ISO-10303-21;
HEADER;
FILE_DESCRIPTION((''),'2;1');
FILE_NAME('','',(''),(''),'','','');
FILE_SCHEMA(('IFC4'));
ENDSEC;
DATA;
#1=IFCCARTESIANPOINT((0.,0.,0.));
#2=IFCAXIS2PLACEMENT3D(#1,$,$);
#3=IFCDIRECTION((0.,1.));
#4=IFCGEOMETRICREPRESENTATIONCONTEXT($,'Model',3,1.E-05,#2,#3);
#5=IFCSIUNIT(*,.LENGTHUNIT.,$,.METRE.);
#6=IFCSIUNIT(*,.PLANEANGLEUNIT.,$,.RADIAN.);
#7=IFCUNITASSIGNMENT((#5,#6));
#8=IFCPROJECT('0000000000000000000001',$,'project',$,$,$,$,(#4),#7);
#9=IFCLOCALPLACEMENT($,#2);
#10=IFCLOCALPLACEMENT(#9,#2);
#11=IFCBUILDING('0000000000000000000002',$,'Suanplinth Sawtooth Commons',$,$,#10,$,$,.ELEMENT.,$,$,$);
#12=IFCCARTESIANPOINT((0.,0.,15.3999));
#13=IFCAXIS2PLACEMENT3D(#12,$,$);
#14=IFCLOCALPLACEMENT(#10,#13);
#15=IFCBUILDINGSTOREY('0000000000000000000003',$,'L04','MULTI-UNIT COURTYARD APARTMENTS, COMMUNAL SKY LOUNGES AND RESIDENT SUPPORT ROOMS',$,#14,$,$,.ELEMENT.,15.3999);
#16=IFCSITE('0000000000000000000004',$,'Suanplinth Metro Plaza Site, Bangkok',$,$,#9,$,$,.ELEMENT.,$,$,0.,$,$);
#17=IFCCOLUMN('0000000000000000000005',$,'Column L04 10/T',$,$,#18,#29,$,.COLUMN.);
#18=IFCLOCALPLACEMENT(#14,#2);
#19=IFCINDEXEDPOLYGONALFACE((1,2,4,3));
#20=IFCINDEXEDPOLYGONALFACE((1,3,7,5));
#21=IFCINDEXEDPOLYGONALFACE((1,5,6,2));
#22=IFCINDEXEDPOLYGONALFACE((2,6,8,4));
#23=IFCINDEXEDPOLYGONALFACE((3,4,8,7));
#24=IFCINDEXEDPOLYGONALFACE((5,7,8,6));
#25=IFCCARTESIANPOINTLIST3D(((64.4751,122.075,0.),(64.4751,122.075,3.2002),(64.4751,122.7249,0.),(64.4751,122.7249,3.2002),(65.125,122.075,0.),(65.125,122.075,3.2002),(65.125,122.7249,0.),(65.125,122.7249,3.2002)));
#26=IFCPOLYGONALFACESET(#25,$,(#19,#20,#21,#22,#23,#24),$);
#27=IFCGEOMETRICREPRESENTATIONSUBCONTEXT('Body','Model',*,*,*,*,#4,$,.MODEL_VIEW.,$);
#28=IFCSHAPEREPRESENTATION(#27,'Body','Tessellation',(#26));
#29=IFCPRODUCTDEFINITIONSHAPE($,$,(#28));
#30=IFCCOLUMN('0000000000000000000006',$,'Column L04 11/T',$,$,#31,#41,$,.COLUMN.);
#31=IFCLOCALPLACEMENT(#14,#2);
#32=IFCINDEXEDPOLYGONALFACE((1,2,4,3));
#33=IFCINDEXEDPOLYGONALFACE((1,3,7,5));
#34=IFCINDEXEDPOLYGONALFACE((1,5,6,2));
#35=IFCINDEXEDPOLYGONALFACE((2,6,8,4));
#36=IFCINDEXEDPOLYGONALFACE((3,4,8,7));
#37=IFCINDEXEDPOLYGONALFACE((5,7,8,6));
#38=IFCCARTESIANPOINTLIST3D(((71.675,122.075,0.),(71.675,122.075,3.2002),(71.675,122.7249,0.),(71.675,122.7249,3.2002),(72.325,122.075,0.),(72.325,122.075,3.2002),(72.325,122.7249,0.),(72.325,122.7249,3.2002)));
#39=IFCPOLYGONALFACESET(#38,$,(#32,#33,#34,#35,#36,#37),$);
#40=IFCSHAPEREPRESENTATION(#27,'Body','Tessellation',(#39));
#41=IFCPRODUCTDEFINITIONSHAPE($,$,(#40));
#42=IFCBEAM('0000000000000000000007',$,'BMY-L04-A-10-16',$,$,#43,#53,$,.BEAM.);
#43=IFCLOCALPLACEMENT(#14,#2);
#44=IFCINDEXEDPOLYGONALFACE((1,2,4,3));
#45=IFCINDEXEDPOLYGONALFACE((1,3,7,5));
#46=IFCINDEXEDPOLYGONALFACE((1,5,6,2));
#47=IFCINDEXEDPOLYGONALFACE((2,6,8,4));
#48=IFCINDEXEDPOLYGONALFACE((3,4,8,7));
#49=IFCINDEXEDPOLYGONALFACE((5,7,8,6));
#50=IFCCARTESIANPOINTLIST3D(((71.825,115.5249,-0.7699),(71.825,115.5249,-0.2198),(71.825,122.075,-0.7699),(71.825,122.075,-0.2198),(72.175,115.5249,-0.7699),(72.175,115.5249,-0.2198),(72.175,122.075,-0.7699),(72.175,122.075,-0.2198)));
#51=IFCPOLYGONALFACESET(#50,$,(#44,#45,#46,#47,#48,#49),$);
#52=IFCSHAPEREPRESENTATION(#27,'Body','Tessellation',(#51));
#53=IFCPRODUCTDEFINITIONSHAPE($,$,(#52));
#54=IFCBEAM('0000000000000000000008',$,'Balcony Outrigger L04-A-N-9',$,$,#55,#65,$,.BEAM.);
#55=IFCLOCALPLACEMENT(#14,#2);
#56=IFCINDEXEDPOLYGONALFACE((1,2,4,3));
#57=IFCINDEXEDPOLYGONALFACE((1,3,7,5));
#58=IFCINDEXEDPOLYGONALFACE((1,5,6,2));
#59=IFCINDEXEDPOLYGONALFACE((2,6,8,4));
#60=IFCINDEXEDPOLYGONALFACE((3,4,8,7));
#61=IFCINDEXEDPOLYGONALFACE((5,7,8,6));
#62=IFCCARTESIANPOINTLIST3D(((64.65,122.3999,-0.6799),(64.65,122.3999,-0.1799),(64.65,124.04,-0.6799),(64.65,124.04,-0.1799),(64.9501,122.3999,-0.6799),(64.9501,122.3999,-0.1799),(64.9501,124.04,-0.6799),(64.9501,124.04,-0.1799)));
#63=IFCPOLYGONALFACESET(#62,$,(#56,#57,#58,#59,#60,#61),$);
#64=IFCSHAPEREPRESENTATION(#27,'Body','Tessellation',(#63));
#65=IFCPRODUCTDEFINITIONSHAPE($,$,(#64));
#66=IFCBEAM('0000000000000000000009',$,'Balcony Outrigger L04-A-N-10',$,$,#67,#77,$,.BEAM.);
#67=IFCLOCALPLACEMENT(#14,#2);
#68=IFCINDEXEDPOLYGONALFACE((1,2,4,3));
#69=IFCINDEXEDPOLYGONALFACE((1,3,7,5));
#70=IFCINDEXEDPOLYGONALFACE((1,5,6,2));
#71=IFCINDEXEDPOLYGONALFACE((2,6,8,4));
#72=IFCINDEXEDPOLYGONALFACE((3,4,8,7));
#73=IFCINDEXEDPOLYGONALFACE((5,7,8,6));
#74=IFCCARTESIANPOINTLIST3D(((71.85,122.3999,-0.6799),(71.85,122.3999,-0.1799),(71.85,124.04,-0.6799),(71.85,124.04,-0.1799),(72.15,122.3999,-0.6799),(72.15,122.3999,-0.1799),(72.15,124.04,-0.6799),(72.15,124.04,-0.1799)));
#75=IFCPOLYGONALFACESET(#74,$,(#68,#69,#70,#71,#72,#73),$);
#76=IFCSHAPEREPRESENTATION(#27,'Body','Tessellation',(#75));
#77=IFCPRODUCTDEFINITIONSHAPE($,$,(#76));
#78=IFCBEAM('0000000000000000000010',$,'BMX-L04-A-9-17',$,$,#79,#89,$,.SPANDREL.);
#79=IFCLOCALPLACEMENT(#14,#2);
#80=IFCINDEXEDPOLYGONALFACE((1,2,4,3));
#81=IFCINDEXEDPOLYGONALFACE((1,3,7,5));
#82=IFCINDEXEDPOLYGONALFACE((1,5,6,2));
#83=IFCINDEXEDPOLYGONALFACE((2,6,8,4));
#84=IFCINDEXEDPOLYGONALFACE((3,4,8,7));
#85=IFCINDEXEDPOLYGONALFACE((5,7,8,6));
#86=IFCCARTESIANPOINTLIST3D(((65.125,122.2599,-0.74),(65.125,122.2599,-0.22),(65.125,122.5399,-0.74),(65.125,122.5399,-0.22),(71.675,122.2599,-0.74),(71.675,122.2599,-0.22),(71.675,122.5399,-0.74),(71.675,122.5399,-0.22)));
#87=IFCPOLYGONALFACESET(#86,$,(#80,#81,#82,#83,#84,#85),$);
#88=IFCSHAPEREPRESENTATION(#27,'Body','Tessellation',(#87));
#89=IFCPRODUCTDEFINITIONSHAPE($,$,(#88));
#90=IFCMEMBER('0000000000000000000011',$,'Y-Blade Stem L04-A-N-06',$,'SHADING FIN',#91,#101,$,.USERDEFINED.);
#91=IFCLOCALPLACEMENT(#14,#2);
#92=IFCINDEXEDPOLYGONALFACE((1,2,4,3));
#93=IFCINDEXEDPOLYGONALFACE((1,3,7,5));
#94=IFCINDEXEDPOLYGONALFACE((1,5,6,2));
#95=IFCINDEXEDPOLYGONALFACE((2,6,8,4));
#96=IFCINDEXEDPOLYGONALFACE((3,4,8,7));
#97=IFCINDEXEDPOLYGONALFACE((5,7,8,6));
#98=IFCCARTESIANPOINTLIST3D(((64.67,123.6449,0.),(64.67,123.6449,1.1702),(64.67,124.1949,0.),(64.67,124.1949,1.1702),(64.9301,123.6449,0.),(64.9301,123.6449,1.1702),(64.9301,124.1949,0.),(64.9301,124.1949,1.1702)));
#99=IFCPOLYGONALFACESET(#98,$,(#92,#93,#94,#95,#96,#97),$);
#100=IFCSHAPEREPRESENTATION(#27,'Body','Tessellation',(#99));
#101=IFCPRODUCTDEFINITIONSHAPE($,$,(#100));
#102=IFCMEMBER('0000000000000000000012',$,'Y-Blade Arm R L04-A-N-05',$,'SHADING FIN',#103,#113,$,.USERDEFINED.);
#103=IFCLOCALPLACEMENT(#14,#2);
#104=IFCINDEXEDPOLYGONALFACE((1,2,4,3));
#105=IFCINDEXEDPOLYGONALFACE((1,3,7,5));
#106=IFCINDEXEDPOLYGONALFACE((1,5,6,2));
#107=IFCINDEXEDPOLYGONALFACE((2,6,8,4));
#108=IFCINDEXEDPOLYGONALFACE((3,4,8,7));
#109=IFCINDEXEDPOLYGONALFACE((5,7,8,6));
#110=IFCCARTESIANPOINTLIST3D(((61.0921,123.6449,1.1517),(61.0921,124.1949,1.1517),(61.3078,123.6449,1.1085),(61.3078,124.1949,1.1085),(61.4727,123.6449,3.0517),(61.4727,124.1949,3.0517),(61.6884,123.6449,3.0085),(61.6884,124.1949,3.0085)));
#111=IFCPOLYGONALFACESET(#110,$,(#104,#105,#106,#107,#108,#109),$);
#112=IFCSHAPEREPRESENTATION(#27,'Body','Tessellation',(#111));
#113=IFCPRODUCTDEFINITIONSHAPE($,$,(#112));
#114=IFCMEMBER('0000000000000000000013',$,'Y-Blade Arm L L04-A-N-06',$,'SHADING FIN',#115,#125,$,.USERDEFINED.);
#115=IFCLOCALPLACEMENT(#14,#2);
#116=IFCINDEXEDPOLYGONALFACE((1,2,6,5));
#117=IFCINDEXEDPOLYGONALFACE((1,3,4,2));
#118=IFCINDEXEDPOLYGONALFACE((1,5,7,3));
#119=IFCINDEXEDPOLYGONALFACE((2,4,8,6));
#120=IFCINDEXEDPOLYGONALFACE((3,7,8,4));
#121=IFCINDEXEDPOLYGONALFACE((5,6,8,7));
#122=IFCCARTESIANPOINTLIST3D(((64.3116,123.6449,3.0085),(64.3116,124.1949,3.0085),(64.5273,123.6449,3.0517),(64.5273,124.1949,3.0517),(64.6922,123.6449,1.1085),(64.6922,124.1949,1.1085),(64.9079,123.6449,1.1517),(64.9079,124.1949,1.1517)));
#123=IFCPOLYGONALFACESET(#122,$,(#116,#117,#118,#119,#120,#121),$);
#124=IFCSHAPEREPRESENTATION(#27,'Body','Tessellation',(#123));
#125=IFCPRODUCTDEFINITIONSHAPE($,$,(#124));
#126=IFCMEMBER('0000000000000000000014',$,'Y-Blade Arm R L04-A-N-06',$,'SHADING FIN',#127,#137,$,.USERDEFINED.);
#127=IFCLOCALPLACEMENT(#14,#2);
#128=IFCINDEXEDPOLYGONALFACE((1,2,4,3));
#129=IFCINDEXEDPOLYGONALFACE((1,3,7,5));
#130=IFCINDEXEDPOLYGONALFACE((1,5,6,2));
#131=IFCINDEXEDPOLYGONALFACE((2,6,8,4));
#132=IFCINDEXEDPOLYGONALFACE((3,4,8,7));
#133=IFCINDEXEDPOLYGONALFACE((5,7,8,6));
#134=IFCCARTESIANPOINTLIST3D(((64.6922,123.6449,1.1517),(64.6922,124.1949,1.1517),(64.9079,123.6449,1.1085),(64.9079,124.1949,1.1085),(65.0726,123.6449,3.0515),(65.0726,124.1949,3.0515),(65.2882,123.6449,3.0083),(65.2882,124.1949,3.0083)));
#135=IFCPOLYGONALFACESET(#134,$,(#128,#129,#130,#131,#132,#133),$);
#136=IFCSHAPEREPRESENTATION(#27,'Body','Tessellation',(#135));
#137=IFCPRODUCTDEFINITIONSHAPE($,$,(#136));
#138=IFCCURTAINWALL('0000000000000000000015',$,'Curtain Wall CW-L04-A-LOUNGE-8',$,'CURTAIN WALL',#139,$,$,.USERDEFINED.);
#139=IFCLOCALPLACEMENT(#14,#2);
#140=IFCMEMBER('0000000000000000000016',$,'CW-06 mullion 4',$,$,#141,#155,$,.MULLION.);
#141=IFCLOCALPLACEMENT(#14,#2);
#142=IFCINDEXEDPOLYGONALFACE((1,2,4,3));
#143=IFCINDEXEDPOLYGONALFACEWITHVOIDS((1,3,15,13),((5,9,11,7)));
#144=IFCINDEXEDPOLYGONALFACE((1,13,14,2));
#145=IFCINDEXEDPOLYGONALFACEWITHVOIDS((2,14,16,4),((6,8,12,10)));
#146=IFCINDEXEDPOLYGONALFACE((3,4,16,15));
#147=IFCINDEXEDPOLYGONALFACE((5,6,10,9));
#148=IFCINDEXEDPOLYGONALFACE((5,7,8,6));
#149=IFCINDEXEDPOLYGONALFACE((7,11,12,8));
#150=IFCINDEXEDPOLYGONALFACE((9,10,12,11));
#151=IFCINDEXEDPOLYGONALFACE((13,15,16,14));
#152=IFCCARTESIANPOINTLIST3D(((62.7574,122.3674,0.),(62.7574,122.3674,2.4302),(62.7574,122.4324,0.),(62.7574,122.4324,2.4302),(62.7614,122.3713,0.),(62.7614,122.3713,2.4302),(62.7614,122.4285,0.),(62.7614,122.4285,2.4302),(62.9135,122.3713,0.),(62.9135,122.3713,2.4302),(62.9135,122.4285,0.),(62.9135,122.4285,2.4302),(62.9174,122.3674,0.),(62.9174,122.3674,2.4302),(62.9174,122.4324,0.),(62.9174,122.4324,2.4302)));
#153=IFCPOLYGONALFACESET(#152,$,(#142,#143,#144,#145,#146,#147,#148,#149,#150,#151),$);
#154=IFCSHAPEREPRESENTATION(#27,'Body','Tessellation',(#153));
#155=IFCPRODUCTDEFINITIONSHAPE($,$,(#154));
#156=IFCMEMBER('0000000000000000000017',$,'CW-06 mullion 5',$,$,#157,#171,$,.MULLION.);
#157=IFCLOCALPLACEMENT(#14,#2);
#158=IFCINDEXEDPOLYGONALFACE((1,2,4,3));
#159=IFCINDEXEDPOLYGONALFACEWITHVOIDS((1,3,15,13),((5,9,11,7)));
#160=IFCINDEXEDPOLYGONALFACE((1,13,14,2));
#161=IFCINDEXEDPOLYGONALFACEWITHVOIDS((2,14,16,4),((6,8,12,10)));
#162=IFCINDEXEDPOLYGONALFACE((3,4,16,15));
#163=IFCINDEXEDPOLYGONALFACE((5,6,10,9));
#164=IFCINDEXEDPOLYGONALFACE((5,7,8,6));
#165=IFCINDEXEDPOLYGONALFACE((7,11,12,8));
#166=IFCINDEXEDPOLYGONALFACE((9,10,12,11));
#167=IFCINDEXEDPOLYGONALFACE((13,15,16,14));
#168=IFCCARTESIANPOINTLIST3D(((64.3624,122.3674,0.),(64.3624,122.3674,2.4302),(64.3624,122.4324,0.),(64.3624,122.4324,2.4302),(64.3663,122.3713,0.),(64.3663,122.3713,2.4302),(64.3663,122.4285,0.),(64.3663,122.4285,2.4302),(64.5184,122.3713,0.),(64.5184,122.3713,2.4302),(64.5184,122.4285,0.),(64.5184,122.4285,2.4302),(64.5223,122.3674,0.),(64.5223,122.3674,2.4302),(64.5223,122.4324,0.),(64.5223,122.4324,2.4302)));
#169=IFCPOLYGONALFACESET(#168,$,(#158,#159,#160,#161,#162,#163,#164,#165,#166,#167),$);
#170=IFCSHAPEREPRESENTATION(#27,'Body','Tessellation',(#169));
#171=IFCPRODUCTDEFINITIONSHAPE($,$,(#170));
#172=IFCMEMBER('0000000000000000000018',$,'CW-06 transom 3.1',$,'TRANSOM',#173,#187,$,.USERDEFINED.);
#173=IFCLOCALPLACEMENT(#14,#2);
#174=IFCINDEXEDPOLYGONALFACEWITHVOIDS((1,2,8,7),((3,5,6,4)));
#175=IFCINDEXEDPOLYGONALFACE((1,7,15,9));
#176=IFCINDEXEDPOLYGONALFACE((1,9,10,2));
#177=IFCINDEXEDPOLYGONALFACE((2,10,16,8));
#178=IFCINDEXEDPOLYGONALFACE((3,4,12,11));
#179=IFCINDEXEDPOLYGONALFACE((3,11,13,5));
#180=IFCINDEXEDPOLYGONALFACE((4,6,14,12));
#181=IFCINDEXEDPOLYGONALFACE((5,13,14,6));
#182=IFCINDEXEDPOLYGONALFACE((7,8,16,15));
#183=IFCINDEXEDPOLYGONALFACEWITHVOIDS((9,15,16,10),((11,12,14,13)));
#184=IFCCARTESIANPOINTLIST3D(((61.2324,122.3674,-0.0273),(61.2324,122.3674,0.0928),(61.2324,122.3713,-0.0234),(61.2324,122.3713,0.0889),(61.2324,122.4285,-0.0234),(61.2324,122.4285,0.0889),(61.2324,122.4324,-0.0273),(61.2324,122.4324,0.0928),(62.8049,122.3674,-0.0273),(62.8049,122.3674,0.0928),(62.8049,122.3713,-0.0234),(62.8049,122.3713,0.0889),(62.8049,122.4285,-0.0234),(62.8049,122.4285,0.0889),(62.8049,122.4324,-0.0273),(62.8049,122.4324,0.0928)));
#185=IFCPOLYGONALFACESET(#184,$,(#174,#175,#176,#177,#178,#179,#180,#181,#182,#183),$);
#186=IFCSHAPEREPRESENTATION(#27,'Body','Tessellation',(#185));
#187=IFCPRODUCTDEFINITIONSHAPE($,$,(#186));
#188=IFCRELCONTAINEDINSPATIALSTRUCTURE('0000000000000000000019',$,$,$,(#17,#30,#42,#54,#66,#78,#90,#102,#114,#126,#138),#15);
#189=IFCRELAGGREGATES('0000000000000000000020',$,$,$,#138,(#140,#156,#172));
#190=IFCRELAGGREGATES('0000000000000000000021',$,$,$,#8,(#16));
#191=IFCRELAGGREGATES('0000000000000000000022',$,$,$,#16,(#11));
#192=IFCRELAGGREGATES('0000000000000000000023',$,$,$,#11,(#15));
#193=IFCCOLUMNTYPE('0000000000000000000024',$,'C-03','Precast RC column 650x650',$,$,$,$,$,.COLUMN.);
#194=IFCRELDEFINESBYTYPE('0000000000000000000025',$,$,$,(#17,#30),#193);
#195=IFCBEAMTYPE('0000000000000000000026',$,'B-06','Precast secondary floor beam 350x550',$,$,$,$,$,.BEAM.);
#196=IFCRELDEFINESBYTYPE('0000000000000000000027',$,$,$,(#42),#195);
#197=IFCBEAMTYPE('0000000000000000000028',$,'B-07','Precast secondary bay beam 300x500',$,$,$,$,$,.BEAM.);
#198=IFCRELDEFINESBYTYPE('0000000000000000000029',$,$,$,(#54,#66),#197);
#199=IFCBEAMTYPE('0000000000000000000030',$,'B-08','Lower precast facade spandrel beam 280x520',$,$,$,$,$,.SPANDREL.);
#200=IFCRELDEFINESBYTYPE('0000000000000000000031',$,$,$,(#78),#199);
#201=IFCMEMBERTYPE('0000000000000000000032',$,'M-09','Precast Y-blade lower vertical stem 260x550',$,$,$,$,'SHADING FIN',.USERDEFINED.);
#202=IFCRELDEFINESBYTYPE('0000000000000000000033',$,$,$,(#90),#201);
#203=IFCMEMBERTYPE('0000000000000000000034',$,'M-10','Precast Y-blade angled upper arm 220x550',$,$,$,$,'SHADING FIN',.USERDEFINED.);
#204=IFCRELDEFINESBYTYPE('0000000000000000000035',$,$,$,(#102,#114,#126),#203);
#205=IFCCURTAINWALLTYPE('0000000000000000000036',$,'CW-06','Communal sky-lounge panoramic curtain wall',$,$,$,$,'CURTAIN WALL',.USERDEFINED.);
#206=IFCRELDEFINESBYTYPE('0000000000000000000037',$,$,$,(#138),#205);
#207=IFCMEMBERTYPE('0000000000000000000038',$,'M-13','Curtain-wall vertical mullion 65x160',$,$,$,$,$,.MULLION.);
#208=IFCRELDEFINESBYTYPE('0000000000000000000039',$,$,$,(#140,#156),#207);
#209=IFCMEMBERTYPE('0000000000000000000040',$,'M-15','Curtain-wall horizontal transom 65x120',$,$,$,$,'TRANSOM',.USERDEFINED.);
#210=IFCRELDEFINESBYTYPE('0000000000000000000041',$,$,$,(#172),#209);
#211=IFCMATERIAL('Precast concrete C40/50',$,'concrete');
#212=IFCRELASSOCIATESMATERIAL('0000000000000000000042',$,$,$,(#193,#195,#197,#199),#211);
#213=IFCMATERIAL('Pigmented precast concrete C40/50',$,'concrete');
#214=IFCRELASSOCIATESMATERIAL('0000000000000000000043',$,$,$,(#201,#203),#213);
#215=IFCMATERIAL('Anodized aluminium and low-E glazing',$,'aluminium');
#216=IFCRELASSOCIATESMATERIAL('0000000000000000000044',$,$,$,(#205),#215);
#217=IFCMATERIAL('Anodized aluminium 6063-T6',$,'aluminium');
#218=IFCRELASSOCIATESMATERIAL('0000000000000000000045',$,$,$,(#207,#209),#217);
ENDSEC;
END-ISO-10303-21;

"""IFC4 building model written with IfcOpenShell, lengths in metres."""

from ifc_helpers import new_model, si_unit, direction, frame, origin, origin_2d, place, context, subcontext, project, spatial, rectangle, hollow_rectangle, extrude, material, material_profile, profile_set, type_object, element, aggregate, save


model = new_model("IFC4")

# Units and contexts
model_context = context("Model", 3, precision=1e-05, world=origin(), true_north=direction((0.0, 1.0)))
body_context = subcontext(model_context, "Body", "Model", "MODEL_VIEW")
ifc_project = project(units=[si_unit("LENGTHUNIT", "METRE"), si_unit("PLANEANGLEUNIT", "RADIAN")], contexts=[model_context])

# Site, building, storey
site_placement = place(None, origin())
site = spatial("IfcSite", under=ifc_project, at=site_placement, Name="Suanplinth Metro Plaza Site, Bangkok", CompositionType="ELEMENT", RefElevation=0.0)
building_placement = place(site_placement, origin())
building = spatial("IfcBuilding", under=site, at=building_placement, Name="Suanplinth Sawtooth Commons", CompositionType="ELEMENT")
storey_placement = place(building_placement, frame((0.0, 0.0, 15.3999)))
storey = spatial("IfcBuildingStorey", under=building, at=storey_placement, Name="L04", Description="MULTI-UNIT COURTYARD APARTMENTS, COMMUNAL SKY LOUNGES AND RESIDENT SUPPORT ROOMS", CompositionType="ELEMENT", Elevation=15.3999)

# Columns
ifc_material_1 = material(Name="Precast concrete C40/50", Category="concrete")
ifc_material_profile_1 = material_profile(ifc_material_1, rectangle(XDim=0.6499, YDim=0.6499, at=origin_2d()), Name="PC-COL 650x650")
ifc_profile_set_1 = profile_set([ifc_material_profile_1], Name="Precast concrete C40/50")
column_type = type_object("IfcColumnType", Name="C-03", Description="Precast RC column 650x650", PredefinedType="COLUMN", material=ifc_profile_set_1)
for number, where, z_axis, x_axis, name in (
    (1, (64.8, 122.3999, 0.0), (0.0, 0.0, 1.0), (1.0, 0.0, 0.0), "Column L04 10/T"),
    (2, (72.0, 122.3999, 0.0), (0.0, 0.0, 1.0), (1.0, 0.0, 0.0), "Column L04 11/T"),
):
    element("IfcColumn", number, at=place(storey_placement, frame(where, z_axis=z_axis, x_axis=x_axis)), inside=storey, type_object=column_type, Name=name, PredefinedType="COLUMN", context=body_context, shape_type="SweptSolid", body=[
        extrude(rectangle(XDim=0.6499, YDim=0.6499, at=origin_2d()), origin(), (0.0, 0.0, 1.0), 3.2002),
    ])

# Beams
ifc_material_profile_2 = material_profile(ifc_material_1, rectangle(XDim=0.3501, YDim=0.55, at=origin_2d()), Name="PC-BM 350x550")
ifc_profile_set_2 = profile_set([ifc_material_profile_2], Name="Precast concrete C40/50")
beam_type_1 = type_object("IfcBeamType", Name="B-06", Description="Precast secondary floor beam 350x550", PredefinedType="BEAM", material=ifc_profile_set_2)
beam_1_placement = place(storey_placement, frame((72.0, 115.5249, -0.4949), z_axis=(0.0, 1.0, 0.0), x_axis=(-1.0, 0.0, 0.0)))
element("IfcBeam", 3, at=beam_1_placement, inside=storey, type_object=beam_type_1, Name="BMY-L04-A-10-16", PredefinedType="BEAM", context=body_context, shape_type="SweptSolid", body=[
    extrude(rectangle(XDim=0.3501, YDim=0.55, at=origin_2d()), origin(), (0.0, 0.0, 1.0), 6.55),
])
ifc_material_profile_3 = material_profile(ifc_material_1, rectangle(XDim=0.3, YDim=0.5, at=origin_2d()), Name="PC-BM 300x500")
ifc_profile_set_3 = profile_set([ifc_material_profile_3], Name="Precast concrete C40/50")
beam_type_2 = type_object("IfcBeamType", Name="B-07", Description="Precast secondary bay beam 300x500", PredefinedType="BEAM", material=ifc_profile_set_3)
for number, where, z_axis, x_axis, name in (
    (4, (64.8, 122.3999, -0.4299), (0.0, 1.0, 0.0), (-1.0, 0.0, 0.0), "Balcony Outrigger L04-A-N-9"),
    (5, (72.0, 122.3999, -0.4299), (0.0, 1.0, 0.0), (-1.0, 0.0, 0.0), "Balcony Outrigger L04-A-N-10"),
):
    element("IfcBeam", number, at=place(storey_placement, frame(where, z_axis=z_axis, x_axis=x_axis)), inside=storey, type_object=beam_type_2, Name=name, PredefinedType="BEAM", context=body_context, shape_type="SweptSolid", body=[
        extrude(rectangle(XDim=0.3, YDim=0.5, at=origin_2d()), origin(), (0.0, 0.0, 1.0), 1.6401),
    ])
ifc_material_profile_4 = material_profile(ifc_material_1, rectangle(XDim=0.28, YDim=0.52, at=origin_2d()), Name="PC-SP 280x520")
ifc_profile_set_4 = profile_set([ifc_material_profile_4], Name="Precast concrete C40/50")
beam_type_3 = type_object("IfcBeamType", Name="B-08", Description="Lower precast facade spandrel beam 280x520", PredefinedType="SPANDREL", material=ifc_profile_set_4)
beam_2_placement = place(storey_placement, frame((65.125, 122.3999, -0.48), z_axis=(1.0, 0.0, 0.0), x_axis=(0.0, 1.0, 0.0)))
element("IfcBeam", 6, at=beam_2_placement, inside=storey, type_object=beam_type_3, Name="BMX-L04-A-9-17", PredefinedType="SPANDREL", context=body_context, shape_type="SweptSolid", body=[
    extrude(rectangle(XDim=0.28, YDim=0.52, at=origin_2d()), origin(), (0.0, 0.0, 1.0), 6.55),
])

# Members
ifc_material_2 = material(Name="Pigmented precast concrete C40/50", Category="concrete")
ifc_material_profile_5 = material_profile(ifc_material_2, rectangle(XDim=0.26, YDim=0.55, at=origin_2d()), Name="PC-FIN 260x550")
ifc_profile_set_5 = profile_set([ifc_material_profile_5], Name="Pigmented precast concrete C40/50")
member_type_1 = type_object("IfcMemberType", Name="M-09", Description="Precast Y-blade lower vertical stem 260x550", ElementType="SHADING FIN", PredefinedType="USERDEFINED", material=ifc_profile_set_5)
member_1_placement = place(storey_placement, frame((64.8, 123.9199, 0.0), z_axis=(0.0, 0.0, 1.0), x_axis=(1.0, 0.0, 0.0)))
element("IfcMember", 7, at=member_1_placement, inside=storey, type_object=member_type_1, Name="Y-Blade Stem L04-A-N-06", ObjectType="SHADING FIN", PredefinedType="USERDEFINED", context=body_context, shape_type="SweptSolid", body=[
    extrude(rectangle(XDim=0.26, YDim=0.55, at=origin_2d()), origin(), (0.0, 0.0, 1.0), 1.1702),
])
ifc_material_profile_6 = material_profile(ifc_material_2, rectangle(XDim=0.22, YDim=0.55, at=origin_2d()), Name="PC-FIN 220x550")
ifc_profile_set_6 = profile_set([ifc_material_profile_6], Name="Pigmented precast concrete C40/50")
member_type_2 = type_object("IfcMemberType", Name="M-10", Description="Precast Y-blade angled upper arm 220x550", ElementType="SHADING FIN", PredefinedType="USERDEFINED", material=ifc_profile_set_6)
for number, where, z_axis, x_axis, name in (
    (8, (61.2, 123.9199, 1.1301), (0.196431, 0.0, 0.980518), (-0.980518, 0.0, 0.196431), "Y-Blade Arm R L04-A-N-05"),
    (9, (64.8, 123.9199, 1.1301), (-0.196431, 0.0, 0.980518), (0.980518, 0.0, 0.196431), "Y-Blade Arm L L04-A-N-06"),
):
    element("IfcMember", number, at=place(storey_placement, frame(where, z_axis=z_axis, x_axis=x_axis)), inside=storey, type_object=member_type_2, Name=name, ObjectType="SHADING FIN", PredefinedType="USERDEFINED", context=body_context, shape_type="SweptSolid", body=[
        extrude(rectangle(XDim=0.22, YDim=0.55, at=origin_2d()), origin(), (0.0, 0.0, 1.0), 1.9377),
    ])
member_2_placement = place(storey_placement, frame((64.8, 123.9199, 1.1301), z_axis=(0.19631, 0.0, 0.980542), x_axis=(-0.980542, 0.0, 0.19631)))
element("IfcMember", 10, at=member_2_placement, inside=storey, type_object=member_type_2, Name="Y-Blade Arm R L04-A-N-06", ObjectType="SHADING FIN", PredefinedType="USERDEFINED", context=body_context, shape_type="SweptSolid", body=[
    extrude(rectangle(XDim=0.22, YDim=0.55, at=origin_2d()), origin(), (0.0, 0.0, 1.0), 1.9375),
])

# Curtain wall, members
ifc_material_3 = material(Name="Anodized aluminium and low-E glazing", Category="aluminium")
curtain_wall_type = type_object("IfcCurtainWallType", Name="CW-06", Description="Communal sky-lounge panoramic curtain wall", ElementType="CURTAIN WALL", PredefinedType="USERDEFINED", material=ifc_material_3)
curtain_wall_placement = place(storey_placement, origin())
curtain_wall = element("IfcCurtainWall", 11, at=curtain_wall_placement, inside=storey, type_object=curtain_wall_type, Name="Curtain Wall CW-L04-A-LOUNGE-8", ObjectType="CURTAIN WALL", PredefinedType="USERDEFINED")
ifc_material_4 = material(Name="Anodized aluminium 6063-T6", Category="aluminium")
ifc_material_profile_7 = material_profile(ifc_material_4, hollow_rectangle(XDim=0.0649, YDim=0.1599, WallThickness=0.0039, at=origin_2d()), Name="ALU-MUL 65x160")
ifc_profile_set_7 = profile_set([ifc_material_profile_7], Name="Anodized aluminium 6063-T6")
member_type_3 = type_object("IfcMemberType", Name="M-13", Description="Curtain-wall vertical mullion 65x160", PredefinedType="MULLION", material=ifc_profile_set_7)
member_3_placement = place(storey_placement, frame((62.8374, 122.3999, 0.0), z_axis=(0.0, 0.0, 1.0), x_axis=(0.0, 1.0, 0.0)))
member_3 = element("IfcMember", 12, at=member_3_placement, type_object=member_type_3, Name="CW-06 mullion 4", PredefinedType="MULLION", context=body_context, shape_type="SweptSolid", body=[
    extrude(hollow_rectangle(XDim=0.0649, YDim=0.1599, WallThickness=0.0039, at=origin_2d()), origin(), (0.0, 0.0, 1.0), 2.4302),
])
member_4_placement = place(storey_placement, frame((64.4424, 122.3999, 0.0), z_axis=(0.0, 0.0, 1.0), x_axis=(0.0, 1.0, 0.0)))
member_4 = element("IfcMember", 13, at=member_4_placement, type_object=member_type_3, Name="CW-06 mullion 5", PredefinedType="MULLION", context=body_context, shape_type="SweptSolid", body=[
    extrude(hollow_rectangle(XDim=0.0649, YDim=0.1599, WallThickness=0.0039, at=origin_2d()), origin(), (0.0, 0.0, 1.0), 2.4302),
])
ifc_material_profile_8 = material_profile(ifc_material_4, hollow_rectangle(XDim=0.0649, YDim=0.1201, WallThickness=0.0039, at=origin_2d()), Name="ALU-TRN 65x120")
ifc_profile_set_8 = profile_set([ifc_material_profile_8], Name="Anodized aluminium 6063-T6")
member_type_4 = type_object("IfcMemberType", Name="M-15", Description="Curtain-wall horizontal transom 65x120", ElementType="TRANSOM", PredefinedType="USERDEFINED", material=ifc_profile_set_8)
member_5_placement = place(storey_placement, frame((61.2324, 122.3999, 0.0327), z_axis=(1.0, 0.0, 0.0), x_axis=(0.0, 1.0, 0.0)))
member_5 = element("IfcMember", 14, at=member_5_placement, type_object=member_type_4, Name="CW-06 transom 3.1", ObjectType="TRANSOM", PredefinedType="USERDEFINED", context=body_context, shape_type="SweptSolid", body=[
    extrude(hollow_rectangle(XDim=0.0649, YDim=0.1201, WallThickness=0.0039, at=origin_2d()), origin(), (0.0, 0.0, 1.0), 1.5725),
])

aggregate(curtain_wall, [member_3, member_4, member_5])

save(model, "model.ifc")
